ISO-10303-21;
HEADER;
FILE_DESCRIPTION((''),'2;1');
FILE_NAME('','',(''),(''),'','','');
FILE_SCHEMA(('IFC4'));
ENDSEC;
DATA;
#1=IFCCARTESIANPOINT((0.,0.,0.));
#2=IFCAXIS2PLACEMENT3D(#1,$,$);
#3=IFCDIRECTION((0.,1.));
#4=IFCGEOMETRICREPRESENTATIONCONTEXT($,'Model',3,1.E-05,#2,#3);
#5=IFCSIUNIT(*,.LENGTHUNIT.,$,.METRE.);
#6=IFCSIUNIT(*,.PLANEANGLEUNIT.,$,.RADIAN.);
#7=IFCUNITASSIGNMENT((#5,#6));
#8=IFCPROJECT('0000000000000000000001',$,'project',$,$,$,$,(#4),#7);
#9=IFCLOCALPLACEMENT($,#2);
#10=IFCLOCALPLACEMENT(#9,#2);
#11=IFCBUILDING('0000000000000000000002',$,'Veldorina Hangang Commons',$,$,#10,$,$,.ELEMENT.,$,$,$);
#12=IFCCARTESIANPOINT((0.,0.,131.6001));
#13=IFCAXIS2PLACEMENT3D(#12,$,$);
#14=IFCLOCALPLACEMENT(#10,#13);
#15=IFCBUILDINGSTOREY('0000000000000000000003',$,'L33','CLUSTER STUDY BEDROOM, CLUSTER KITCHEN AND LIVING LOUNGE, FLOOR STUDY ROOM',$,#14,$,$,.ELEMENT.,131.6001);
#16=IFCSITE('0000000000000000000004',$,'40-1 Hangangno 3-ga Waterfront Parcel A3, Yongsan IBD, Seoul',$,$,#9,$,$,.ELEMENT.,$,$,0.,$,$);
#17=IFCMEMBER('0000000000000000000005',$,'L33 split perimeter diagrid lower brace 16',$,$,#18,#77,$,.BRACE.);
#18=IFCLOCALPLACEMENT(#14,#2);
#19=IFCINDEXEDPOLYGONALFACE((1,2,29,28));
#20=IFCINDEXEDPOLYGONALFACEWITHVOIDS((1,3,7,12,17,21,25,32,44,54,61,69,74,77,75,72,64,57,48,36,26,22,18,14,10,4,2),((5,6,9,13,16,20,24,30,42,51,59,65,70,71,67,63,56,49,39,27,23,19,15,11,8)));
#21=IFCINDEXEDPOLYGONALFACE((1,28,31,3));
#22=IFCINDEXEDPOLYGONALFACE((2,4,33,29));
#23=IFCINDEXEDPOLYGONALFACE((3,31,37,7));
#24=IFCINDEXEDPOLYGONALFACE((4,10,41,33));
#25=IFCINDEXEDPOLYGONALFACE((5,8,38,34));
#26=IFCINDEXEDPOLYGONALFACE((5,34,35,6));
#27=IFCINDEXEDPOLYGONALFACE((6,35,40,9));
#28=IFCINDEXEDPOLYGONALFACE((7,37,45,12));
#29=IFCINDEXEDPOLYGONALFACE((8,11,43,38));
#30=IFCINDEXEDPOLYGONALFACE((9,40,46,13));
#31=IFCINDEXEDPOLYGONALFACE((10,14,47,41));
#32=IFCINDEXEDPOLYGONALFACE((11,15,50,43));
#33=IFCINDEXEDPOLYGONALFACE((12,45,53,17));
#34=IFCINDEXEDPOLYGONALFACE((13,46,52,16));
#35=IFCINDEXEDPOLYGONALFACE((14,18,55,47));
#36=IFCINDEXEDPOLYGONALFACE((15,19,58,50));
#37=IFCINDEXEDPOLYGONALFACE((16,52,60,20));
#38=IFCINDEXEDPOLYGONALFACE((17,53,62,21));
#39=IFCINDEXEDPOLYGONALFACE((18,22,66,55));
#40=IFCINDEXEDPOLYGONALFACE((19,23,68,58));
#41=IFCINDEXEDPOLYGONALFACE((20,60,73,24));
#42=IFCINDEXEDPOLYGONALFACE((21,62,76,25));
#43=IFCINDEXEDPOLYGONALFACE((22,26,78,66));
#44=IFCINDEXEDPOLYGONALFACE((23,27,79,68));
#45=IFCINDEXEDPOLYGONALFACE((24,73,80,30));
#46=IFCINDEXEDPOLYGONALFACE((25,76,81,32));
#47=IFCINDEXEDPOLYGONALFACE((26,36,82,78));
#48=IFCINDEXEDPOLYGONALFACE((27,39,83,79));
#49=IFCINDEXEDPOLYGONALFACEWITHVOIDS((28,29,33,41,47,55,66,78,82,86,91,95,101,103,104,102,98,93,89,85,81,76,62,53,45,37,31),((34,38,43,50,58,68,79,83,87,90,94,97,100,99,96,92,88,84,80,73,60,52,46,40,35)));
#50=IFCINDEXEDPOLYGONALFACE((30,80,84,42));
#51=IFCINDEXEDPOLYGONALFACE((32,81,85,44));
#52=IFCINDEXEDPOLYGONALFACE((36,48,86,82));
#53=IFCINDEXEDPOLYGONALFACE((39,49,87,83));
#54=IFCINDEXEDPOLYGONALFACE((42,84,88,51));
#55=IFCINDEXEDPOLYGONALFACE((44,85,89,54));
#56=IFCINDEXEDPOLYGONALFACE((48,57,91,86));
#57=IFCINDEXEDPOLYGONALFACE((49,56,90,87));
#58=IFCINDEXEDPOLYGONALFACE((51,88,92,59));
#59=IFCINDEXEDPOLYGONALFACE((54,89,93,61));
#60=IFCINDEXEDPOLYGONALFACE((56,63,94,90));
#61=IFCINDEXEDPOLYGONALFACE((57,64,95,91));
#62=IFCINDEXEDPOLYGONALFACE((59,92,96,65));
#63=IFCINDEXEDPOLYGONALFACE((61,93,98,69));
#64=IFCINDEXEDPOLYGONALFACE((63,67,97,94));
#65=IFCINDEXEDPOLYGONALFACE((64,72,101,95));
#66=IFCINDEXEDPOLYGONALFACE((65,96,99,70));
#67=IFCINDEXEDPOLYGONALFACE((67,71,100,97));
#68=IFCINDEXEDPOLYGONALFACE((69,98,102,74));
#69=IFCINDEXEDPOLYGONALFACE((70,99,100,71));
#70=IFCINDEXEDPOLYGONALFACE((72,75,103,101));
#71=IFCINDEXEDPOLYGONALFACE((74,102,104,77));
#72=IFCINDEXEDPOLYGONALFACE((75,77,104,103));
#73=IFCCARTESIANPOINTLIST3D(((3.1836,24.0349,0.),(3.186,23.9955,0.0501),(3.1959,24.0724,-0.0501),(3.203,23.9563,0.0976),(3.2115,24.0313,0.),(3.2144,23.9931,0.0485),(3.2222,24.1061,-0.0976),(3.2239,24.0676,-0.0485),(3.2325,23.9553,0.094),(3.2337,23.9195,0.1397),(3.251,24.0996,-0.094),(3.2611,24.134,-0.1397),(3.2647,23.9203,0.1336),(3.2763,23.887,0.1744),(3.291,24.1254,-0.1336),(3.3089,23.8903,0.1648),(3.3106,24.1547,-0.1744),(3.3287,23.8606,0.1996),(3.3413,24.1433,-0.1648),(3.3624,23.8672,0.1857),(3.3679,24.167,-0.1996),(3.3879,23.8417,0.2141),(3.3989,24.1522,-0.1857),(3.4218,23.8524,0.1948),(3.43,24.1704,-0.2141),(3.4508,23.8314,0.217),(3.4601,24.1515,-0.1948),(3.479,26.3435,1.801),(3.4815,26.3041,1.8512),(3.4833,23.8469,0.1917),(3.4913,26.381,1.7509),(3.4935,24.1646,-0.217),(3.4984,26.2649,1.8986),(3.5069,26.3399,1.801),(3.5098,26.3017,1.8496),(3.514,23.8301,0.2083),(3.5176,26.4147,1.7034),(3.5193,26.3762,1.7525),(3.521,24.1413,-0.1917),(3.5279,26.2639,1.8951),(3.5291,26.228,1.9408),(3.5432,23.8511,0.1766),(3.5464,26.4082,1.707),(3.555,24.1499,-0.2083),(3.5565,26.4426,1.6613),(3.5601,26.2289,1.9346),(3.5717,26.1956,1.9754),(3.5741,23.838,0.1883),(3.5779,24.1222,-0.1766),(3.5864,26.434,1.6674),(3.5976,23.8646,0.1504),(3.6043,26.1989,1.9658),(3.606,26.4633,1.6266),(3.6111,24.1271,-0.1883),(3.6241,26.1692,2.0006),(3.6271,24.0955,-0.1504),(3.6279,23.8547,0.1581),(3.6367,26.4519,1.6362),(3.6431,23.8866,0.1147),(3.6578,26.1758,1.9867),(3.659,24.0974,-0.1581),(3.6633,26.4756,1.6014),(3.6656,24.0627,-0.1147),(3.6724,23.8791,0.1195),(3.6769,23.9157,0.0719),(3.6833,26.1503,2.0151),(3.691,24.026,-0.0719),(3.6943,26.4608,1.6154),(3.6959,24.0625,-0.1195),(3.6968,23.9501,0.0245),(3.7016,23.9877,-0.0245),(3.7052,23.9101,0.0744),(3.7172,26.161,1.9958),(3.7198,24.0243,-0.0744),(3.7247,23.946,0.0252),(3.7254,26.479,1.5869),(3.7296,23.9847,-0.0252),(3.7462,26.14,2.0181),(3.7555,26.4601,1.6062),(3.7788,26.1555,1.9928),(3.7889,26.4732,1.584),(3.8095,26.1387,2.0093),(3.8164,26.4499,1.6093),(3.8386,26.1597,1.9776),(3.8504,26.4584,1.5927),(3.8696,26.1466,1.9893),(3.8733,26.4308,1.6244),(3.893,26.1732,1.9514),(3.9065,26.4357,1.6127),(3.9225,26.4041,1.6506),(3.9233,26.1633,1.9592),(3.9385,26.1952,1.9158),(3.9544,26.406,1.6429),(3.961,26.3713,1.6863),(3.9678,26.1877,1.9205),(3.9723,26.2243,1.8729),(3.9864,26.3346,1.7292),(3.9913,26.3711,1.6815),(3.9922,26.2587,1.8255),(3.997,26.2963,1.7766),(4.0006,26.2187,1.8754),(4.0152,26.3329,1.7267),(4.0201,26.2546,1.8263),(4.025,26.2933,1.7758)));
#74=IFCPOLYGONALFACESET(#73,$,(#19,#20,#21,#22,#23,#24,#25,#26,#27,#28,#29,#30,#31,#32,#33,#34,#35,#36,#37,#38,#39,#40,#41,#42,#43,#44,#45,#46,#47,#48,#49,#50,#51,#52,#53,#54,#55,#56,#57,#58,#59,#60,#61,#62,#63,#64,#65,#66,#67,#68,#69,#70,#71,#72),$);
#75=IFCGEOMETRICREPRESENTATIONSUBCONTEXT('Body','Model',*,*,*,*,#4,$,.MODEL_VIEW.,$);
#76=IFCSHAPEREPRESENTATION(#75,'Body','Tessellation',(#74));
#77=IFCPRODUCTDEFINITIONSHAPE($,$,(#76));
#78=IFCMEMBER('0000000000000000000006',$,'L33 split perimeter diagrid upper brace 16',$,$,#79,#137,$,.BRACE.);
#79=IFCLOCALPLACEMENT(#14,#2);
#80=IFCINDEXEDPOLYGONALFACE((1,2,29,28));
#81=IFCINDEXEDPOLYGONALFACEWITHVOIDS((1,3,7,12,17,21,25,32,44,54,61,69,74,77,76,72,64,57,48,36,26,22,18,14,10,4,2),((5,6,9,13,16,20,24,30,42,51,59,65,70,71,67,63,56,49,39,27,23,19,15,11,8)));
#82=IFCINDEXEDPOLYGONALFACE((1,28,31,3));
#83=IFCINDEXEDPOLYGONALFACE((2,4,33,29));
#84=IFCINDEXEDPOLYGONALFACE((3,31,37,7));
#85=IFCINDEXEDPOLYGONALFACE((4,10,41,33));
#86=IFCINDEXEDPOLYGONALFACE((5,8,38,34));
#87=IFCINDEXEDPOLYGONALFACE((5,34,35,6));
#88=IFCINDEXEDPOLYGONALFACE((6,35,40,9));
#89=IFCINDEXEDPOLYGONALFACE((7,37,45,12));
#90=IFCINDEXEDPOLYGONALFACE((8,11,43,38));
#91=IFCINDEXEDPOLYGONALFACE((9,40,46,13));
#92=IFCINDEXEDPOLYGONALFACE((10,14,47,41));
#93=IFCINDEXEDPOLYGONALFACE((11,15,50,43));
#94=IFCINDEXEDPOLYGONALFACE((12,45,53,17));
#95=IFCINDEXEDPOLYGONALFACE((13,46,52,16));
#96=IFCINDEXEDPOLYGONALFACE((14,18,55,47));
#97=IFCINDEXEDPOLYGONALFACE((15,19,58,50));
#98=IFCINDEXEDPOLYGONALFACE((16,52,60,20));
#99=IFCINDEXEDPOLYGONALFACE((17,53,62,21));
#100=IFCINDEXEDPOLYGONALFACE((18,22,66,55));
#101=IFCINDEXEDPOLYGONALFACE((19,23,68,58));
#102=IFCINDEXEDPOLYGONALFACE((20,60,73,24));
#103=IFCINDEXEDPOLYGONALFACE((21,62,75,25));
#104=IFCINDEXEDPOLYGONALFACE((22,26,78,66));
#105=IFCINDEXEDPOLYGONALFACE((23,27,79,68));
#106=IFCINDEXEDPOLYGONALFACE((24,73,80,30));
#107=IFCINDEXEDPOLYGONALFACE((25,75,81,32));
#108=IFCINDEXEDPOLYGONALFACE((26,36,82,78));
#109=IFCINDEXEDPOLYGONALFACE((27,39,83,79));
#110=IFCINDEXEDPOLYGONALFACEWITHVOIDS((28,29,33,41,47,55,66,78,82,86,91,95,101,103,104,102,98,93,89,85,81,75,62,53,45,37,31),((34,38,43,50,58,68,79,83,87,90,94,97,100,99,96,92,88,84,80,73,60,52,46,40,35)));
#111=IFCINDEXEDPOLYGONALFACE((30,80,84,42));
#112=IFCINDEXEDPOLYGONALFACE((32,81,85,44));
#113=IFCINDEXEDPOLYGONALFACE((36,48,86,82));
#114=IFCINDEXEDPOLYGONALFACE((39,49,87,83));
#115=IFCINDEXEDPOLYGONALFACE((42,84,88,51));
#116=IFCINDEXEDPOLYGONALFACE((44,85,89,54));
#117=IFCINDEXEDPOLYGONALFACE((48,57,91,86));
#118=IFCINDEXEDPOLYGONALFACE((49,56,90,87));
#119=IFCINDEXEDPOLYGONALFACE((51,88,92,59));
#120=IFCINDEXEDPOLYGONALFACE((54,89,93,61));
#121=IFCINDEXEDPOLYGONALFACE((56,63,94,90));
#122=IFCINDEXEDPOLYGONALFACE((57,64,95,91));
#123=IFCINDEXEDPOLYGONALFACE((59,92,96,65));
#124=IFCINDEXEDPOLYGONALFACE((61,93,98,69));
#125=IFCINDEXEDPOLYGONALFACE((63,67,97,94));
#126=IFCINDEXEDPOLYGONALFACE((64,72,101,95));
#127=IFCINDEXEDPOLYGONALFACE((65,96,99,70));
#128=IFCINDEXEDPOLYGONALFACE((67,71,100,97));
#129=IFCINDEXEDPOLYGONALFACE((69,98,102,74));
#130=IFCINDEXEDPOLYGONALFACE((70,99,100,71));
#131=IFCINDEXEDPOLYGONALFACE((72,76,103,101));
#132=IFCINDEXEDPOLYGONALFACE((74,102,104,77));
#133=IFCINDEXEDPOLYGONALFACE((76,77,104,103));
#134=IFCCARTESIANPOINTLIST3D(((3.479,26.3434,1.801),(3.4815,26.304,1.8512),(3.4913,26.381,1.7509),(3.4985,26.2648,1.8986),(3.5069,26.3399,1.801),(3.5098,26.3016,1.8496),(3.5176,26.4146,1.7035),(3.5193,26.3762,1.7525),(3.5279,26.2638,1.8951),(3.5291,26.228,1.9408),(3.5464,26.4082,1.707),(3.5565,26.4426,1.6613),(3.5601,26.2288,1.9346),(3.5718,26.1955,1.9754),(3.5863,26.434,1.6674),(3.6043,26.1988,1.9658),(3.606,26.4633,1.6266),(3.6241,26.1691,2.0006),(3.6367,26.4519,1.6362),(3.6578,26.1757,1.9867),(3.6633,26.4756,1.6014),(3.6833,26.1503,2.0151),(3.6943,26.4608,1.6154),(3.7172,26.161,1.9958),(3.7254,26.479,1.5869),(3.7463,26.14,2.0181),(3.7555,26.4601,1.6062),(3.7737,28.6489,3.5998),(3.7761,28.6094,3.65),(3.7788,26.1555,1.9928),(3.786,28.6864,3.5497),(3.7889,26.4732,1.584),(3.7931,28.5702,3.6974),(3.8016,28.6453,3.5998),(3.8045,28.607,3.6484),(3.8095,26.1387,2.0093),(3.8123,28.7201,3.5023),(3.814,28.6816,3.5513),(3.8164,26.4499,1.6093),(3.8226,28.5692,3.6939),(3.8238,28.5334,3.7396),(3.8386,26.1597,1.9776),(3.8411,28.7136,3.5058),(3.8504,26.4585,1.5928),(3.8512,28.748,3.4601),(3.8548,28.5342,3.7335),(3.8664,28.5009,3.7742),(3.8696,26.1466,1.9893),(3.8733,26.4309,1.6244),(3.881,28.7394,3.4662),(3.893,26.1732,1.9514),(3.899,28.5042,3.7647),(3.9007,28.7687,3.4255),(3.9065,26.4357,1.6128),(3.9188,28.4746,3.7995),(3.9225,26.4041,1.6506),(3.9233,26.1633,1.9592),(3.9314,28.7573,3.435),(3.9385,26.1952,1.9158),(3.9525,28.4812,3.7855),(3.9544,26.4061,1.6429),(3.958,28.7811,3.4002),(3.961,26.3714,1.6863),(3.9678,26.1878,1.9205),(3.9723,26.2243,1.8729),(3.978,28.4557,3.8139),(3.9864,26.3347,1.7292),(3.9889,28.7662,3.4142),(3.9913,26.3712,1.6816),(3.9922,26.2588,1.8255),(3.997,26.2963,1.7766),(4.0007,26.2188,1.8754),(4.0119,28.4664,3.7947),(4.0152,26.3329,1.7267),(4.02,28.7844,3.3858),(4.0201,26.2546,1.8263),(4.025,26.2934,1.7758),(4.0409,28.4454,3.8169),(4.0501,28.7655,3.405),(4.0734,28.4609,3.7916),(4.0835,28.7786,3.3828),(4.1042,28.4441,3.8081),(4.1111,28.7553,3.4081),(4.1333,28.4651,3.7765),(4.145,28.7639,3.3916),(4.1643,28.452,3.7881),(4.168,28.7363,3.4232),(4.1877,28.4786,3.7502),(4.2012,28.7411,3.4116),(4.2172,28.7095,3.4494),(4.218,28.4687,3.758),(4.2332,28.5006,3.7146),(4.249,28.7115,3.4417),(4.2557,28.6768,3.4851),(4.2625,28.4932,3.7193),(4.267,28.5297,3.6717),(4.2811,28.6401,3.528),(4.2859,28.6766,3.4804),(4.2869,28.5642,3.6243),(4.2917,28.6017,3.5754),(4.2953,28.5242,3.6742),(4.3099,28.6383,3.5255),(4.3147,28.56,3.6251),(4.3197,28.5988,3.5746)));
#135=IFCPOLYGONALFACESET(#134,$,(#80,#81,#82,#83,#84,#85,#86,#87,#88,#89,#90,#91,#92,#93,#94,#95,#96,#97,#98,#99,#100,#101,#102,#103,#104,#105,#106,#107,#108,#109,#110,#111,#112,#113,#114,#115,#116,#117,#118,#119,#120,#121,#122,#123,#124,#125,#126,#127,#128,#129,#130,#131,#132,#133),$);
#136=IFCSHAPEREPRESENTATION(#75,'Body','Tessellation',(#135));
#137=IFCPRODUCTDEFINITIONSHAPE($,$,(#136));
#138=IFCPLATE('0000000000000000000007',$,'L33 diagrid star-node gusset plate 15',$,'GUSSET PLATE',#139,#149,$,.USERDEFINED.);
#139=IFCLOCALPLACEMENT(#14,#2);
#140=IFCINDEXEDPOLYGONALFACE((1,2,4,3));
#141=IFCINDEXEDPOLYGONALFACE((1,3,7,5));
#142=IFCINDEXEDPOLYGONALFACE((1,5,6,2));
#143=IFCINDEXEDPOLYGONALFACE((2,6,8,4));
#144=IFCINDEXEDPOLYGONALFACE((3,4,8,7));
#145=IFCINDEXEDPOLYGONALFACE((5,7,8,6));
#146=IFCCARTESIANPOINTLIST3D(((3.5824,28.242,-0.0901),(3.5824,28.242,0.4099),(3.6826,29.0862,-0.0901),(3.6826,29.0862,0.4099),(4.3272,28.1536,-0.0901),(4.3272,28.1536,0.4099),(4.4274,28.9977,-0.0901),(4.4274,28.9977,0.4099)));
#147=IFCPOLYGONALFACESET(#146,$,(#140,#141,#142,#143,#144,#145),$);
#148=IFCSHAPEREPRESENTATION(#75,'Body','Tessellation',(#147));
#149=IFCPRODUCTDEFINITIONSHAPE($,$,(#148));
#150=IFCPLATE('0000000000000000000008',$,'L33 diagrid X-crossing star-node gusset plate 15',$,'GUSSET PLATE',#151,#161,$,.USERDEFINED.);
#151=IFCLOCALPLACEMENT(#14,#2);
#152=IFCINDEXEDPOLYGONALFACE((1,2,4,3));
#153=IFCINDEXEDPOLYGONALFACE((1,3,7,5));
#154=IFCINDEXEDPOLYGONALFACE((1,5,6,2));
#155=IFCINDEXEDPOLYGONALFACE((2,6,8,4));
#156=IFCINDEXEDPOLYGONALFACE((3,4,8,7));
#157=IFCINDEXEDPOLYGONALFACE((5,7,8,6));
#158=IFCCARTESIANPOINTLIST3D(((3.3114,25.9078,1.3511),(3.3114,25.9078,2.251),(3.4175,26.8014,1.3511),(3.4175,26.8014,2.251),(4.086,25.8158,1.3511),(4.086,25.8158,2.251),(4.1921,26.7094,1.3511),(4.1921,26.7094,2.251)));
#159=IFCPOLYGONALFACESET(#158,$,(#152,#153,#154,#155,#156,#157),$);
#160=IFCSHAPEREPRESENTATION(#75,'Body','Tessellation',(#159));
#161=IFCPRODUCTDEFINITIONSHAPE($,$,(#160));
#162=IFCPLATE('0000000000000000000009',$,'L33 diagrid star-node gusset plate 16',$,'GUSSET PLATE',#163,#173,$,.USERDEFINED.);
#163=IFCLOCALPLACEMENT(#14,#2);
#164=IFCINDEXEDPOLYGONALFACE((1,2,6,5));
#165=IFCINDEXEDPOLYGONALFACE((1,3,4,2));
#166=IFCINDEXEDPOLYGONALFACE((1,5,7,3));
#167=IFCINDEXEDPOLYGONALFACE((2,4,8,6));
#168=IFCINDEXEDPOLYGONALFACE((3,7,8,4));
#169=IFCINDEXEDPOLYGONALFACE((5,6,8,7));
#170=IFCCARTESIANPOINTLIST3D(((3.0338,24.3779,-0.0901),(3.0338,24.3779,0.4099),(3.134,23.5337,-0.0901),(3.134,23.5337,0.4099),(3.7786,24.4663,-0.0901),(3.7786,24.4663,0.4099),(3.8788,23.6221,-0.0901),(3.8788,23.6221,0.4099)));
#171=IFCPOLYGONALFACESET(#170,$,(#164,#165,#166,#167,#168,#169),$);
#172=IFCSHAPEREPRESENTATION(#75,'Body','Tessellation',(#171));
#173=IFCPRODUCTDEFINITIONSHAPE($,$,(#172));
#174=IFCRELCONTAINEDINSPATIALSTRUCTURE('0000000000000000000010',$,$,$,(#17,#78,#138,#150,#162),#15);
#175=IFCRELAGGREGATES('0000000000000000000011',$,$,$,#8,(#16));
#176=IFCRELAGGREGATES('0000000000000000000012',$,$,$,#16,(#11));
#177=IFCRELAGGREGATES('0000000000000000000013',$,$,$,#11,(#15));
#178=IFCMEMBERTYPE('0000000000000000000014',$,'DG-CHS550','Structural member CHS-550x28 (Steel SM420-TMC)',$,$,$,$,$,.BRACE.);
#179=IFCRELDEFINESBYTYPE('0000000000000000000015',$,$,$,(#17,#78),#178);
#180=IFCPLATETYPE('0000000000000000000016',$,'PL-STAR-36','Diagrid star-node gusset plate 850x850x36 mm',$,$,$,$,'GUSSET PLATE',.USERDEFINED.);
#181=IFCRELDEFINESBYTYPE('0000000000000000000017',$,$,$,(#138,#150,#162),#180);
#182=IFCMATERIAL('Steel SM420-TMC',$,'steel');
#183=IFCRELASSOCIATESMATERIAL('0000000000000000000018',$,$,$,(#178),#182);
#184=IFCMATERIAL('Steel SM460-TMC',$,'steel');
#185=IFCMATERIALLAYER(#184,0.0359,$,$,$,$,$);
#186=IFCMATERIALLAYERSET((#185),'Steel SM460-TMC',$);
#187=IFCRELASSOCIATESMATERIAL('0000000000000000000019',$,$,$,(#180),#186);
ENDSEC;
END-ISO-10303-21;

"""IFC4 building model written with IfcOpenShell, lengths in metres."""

from ifc_helpers import new_model, si_unit, direction, frame, origin, origin_2d, place, context, subcontext, project, spatial, rectangle, hollow_circle, extrude, material, layer, layer_set, material_profile, profile_set, type_object, element, save


model = new_model("IFC4")

# Units and contexts
model_context = context("Model", 3, precision=1e-05, world=origin(), true_north=direction((0.0, 1.0)))
body_context = subcontext(model_context, "Body", "Model", "MODEL_VIEW")
ifc_project = project(units=[si_unit("LENGTHUNIT", "METRE"), si_unit("PLANEANGLEUNIT", "RADIAN")], contexts=[model_context])

# Site, building, storey
site_placement = place(None, origin())
site = spatial("IfcSite", under=ifc_project, at=site_placement, Name="40-1 Hangangno 3-ga Waterfront Parcel A3, Yongsan IBD, Seoul", CompositionType="ELEMENT", RefElevation=0.0)
building_placement = place(site_placement, origin())
building = spatial("IfcBuilding", under=site, at=building_placement, Name="Veldorina Hangang Commons", CompositionType="ELEMENT")
storey_placement = place(building_placement, frame((0.0, 0.0, 131.6001)))
storey = spatial("IfcBuildingStorey", under=building, at=storey_placement, Name="L33", Description="CLUSTER STUDY BEDROOM, CLUSTER KITCHEN AND LIVING LOUNGE, FLOOR STUDY ROOM", CompositionType="ELEMENT", Elevation=131.6001)

# Shared definitions
ifc_material_1 = material(Name="Steel SM420-TMC", Category="steel")

# Members
ifc_material_profile_1 = material_profile(ifc_material_1, hollow_circle(Radius=0.2749, WallThickness=0.0281, at=origin_2d()), Name="CHS-550x28")
ifc_profile_set_1 = profile_set([ifc_material_profile_1], Name="Steel SM420-TMC")
member_type = type_object("IfcMemberType", Name="DG-CHS550", Description="Structural member CHS-550x28 (Steel SM420-TMC)", PredefinedType="BRACE", material=ifc_profile_set_1)
member_1_placement = place(storey_placement, frame((3.4563, 24.0, 0.0), z_axis=(0.100381, 0.784467, 0.611993), x_axis=(-0.991912, 0.126926, 0.0)))
element("IfcMember", 1, at=member_1_placement, inside=storey, type_object=member_type, Name="L33 split perimeter diagrid lower brace 16", PredefinedType="BRACE", context=body_context, shape_type="SweptSolid", body=[
    extrude(hollow_circle(Radius=0.2749, WallThickness=0.0281, at=origin_2d()), origin(), (0.0, 0.0, 1.0), 2.9429),
])
member_2_placement = place(storey_placement, frame((3.7517, 26.3086, 1.801), z_axis=(0.100265, 0.78443, 0.61206), x_axis=(-0.99193, 0.126788, 0.0)))
element("IfcMember", 2, at=member_2_placement, inside=storey, type_object=member_type, Name="L33 split perimeter diagrid upper brace 16", PredefinedType="BRACE", context=body_context, shape_type="SweptSolid", body=[
    extrude(hollow_circle(Radius=0.2749, WallThickness=0.0281, at=origin_2d()), origin(), (0.0, 0.0, 1.0), 2.939),
])

# Plates
ifc_material_2 = material(Name="Steel SM460-TMC", Category="steel")
ifc_layer_1 = layer(ifc_material_2, 0.0359)
ifc_layer_set_1 = layer_set([ifc_layer_1], Name="Steel SM460-TMC")
plate_type = type_object("IfcPlateType", Name="PL-STAR-36", Description="Diagrid star-node gusset plate 850x850x36 mm", ElementType="GUSSET PLATE", PredefinedType="USERDEFINED", material=ifc_layer_set_1)
plate_1_placement = place(storey_placement, frame((4.0049, 28.6199, -0.0901), z_axis=(0.0, 0.0, 1.0), x_axis=(-0.117901, -0.993025, 0.0)))
element("IfcPlate", 3, at=plate_1_placement, inside=storey, type_object=plate_type, Name="L33 diagrid star-node gusset plate 15", ObjectType="GUSSET PLATE", PredefinedType="USERDEFINED", context=body_context, shape_type="SweptSolid", body=[
    extrude(rectangle(XDim=0.8501, YDim=0.75, at=origin_2d()), origin(), (0.0, 0.0, 1.0), 0.5),
])
plate_2_placement = place(storey_placement, frame((3.7517, 26.3086, 1.3511), z_axis=(0.0, 0.0, 1.0), x_axis=(-0.117901, -0.993025, 0.0)))
element("IfcPlate", 4, at=plate_2_placement, inside=storey, type_object=plate_type, Name="L33 diagrid X-crossing star-node gusset plate 15", ObjectType="GUSSET PLATE", PredefinedType="USERDEFINED", context=body_context, shape_type="SweptSolid", body=[
    extrude(rectangle(XDim=0.8999, YDim=0.78, at=origin_2d()), origin(), (0.0, 0.0, 1.0), 0.8999),
])
plate_3_placement = place(storey_placement, frame((3.4563, 24.0, -0.0901), z_axis=(0.0, 0.0, 1.0), x_axis=(0.117901, -0.993025, 0.0)))
element("IfcPlate", 5, at=plate_3_placement, inside=storey, type_object=plate_type, Name="L33 diagrid star-node gusset plate 16", ObjectType="GUSSET PLATE", PredefinedType="USERDEFINED", context=body_context, shape_type="SweptSolid", body=[
    extrude(rectangle(XDim=0.8501, YDim=0.75, at=origin_2d()), origin(), (0.0, 0.0, 1.0), 0.5),
])

save(model, "model.ifc")
